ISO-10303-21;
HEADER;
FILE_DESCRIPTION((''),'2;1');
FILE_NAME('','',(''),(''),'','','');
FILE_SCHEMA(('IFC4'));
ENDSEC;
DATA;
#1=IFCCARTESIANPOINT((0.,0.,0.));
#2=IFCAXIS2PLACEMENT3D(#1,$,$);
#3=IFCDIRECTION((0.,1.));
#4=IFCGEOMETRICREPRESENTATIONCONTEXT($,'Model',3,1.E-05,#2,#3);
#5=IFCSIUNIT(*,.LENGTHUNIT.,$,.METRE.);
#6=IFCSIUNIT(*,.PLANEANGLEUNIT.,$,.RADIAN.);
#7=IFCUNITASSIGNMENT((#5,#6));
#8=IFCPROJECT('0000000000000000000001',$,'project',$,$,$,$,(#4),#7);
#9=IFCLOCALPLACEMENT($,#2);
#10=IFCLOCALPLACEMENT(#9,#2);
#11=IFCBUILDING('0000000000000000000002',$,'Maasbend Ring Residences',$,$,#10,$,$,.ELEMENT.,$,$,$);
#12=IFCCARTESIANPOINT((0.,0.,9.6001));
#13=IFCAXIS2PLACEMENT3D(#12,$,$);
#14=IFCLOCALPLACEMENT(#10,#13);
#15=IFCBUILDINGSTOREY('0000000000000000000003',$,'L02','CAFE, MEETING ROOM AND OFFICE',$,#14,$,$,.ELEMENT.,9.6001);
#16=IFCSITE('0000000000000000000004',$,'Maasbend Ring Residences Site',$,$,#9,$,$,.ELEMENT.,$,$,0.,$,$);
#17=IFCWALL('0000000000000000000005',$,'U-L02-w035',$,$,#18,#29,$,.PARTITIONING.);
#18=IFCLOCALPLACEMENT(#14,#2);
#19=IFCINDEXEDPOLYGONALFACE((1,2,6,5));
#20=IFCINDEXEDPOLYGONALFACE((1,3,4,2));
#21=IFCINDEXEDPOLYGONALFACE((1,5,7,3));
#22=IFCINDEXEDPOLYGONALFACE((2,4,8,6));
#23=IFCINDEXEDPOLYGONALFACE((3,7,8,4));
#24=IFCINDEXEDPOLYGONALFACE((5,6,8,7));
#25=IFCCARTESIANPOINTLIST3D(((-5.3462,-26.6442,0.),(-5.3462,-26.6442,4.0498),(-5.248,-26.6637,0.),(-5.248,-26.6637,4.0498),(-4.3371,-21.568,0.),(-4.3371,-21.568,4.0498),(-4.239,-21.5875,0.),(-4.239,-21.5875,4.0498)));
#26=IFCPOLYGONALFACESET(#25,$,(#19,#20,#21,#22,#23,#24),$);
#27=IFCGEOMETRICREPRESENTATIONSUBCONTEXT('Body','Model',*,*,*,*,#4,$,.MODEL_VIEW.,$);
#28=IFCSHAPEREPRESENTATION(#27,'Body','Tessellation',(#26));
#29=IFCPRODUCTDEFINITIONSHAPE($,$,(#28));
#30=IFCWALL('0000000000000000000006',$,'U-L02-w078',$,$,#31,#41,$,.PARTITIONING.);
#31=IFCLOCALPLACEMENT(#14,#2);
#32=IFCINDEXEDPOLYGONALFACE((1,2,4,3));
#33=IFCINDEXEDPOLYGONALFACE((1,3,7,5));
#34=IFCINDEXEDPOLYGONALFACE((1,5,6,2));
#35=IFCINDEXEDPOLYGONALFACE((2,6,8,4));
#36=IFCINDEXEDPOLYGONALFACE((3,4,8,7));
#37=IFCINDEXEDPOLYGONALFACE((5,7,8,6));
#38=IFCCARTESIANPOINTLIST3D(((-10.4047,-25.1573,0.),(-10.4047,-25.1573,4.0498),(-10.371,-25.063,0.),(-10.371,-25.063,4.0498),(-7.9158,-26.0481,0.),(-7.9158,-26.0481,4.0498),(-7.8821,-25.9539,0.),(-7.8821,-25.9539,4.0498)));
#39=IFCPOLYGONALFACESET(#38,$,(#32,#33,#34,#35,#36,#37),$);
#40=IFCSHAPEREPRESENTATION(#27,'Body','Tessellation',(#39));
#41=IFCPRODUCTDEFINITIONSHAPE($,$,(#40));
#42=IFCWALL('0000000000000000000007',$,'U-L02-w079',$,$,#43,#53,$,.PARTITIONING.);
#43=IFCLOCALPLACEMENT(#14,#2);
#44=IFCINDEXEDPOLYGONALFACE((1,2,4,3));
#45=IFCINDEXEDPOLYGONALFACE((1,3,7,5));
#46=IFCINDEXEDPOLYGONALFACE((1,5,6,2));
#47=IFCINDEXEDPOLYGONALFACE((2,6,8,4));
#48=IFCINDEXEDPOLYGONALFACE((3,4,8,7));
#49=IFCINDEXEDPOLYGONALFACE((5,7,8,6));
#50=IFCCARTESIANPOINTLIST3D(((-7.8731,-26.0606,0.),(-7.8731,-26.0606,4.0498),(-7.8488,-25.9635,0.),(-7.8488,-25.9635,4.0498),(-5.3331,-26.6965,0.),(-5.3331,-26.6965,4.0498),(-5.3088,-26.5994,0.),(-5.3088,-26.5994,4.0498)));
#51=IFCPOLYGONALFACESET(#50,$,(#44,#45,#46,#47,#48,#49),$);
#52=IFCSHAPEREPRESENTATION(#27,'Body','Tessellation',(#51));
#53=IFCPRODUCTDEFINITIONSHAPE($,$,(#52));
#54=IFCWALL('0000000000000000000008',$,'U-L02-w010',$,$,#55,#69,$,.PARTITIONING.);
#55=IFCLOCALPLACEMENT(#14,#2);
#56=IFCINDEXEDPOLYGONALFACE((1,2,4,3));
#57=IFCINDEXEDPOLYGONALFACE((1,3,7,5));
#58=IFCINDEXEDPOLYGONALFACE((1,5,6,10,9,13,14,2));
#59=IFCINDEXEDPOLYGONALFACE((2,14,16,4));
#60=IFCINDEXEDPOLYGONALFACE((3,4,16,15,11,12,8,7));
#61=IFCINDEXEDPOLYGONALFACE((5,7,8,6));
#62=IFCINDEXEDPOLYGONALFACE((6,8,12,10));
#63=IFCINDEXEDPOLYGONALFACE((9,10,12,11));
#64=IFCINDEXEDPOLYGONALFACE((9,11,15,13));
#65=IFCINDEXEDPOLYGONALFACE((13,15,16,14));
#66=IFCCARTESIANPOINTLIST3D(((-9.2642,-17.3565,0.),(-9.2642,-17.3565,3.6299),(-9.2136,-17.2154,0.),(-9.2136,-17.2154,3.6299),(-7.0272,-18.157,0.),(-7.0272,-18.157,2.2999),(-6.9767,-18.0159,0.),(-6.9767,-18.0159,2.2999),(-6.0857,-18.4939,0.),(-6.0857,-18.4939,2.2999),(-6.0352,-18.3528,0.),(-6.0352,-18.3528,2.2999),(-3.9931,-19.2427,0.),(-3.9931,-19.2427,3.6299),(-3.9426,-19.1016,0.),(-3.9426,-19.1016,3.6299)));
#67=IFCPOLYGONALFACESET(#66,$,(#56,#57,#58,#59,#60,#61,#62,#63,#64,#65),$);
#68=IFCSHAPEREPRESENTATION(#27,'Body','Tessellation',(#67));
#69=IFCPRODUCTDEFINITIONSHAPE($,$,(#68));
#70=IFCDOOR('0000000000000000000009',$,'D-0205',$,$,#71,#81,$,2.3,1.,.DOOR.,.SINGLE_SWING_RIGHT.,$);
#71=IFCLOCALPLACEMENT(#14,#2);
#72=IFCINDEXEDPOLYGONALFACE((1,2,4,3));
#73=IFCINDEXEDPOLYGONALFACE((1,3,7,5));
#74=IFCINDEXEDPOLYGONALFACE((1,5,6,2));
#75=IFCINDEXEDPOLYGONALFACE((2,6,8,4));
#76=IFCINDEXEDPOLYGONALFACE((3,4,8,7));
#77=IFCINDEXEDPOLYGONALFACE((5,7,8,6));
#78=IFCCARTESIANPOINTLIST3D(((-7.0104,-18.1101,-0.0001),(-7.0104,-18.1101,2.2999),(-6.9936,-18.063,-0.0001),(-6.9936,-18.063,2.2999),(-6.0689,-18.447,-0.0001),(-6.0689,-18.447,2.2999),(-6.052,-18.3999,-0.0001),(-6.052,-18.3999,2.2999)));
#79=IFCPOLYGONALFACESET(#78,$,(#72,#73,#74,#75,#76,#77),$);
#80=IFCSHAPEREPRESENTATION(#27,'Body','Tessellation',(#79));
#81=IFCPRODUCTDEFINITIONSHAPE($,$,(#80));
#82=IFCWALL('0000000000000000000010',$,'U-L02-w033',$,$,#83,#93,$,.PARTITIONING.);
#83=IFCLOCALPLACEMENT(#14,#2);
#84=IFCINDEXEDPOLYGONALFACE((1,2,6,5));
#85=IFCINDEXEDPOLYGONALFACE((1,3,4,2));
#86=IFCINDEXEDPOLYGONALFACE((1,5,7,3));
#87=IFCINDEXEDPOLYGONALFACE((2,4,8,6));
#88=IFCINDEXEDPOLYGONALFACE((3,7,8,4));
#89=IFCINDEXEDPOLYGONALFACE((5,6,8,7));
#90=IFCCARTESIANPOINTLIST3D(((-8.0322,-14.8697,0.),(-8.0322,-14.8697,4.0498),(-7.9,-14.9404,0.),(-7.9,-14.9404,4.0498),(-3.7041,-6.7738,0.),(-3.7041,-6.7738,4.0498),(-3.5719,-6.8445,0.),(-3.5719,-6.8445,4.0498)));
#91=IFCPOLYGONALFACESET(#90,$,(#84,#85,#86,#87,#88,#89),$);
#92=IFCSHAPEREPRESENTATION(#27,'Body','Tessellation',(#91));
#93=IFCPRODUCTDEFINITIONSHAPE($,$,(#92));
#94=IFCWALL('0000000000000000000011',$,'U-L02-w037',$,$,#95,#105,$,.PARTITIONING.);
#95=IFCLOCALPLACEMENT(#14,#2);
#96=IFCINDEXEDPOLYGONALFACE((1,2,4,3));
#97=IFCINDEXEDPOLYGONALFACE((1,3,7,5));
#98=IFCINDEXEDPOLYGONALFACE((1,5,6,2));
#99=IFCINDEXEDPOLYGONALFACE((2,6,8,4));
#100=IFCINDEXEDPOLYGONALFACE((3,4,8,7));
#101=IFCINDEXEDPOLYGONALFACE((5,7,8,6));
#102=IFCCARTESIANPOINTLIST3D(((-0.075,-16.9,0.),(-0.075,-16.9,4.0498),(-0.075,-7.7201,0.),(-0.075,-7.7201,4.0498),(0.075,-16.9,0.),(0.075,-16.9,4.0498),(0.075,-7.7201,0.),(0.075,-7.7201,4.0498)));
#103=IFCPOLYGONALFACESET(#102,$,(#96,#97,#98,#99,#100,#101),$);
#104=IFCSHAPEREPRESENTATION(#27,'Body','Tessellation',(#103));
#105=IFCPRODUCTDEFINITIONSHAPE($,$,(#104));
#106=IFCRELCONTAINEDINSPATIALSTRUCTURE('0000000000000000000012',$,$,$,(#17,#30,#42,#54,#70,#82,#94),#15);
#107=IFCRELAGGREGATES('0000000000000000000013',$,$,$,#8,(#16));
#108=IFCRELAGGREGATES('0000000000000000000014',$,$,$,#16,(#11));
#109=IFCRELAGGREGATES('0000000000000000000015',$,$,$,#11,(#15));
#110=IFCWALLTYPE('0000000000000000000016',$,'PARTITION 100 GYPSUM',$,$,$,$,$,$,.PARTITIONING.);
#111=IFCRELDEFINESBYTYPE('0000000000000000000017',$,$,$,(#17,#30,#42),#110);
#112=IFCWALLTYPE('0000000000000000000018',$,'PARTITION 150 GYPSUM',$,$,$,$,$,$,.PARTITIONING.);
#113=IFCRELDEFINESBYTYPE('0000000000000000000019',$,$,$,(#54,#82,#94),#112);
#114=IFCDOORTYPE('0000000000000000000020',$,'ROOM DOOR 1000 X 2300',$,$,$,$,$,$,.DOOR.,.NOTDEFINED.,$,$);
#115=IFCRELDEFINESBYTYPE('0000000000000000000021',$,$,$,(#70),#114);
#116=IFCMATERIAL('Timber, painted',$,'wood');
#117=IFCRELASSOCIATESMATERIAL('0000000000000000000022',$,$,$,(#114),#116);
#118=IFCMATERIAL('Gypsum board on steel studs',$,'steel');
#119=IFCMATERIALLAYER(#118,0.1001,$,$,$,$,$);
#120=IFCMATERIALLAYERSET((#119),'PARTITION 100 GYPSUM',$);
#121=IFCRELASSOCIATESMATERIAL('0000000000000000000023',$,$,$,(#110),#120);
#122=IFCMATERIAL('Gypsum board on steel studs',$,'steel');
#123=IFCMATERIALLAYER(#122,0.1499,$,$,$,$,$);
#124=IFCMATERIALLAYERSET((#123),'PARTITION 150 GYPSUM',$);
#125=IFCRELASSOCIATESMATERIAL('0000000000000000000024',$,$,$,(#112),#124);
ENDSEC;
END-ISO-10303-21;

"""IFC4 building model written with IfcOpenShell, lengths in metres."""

from ifc_helpers import new_model, si_unit, direction, frame, frame_2d, origin, place, context, subcontext, project, spatial, rectangle, extrude, material, layer, layer_set, type_object, element, fill, save


model = new_model("IFC4")

# Units and contexts
model_context = context("Model", 3, precision=1e-05, world=origin(), true_north=direction((0.0, 1.0)))
body_context = subcontext(model_context, "Body", "Model", "MODEL_VIEW")
ifc_project = project(units=[si_unit("LENGTHUNIT", "METRE"), si_unit("PLANEANGLEUNIT", "RADIAN")], contexts=[model_context])

# Site, building, storey
site_placement = place(None, origin())
site = spatial("IfcSite", under=ifc_project, at=site_placement, Name="Maasbend Ring Residences Site", CompositionType="ELEMENT", RefElevation=0.0)
building_placement = place(site_placement, origin())
building = spatial("IfcBuilding", under=site, at=building_placement, Name="Maasbend Ring Residences", CompositionType="ELEMENT")
storey_placement = place(building_placement, frame((0.0, 0.0, 9.6001)))
storey = spatial("IfcBuildingStorey", under=building, at=storey_placement, Name="L02", Description="CAFE, MEETING ROOM AND OFFICE", CompositionType="ELEMENT", Elevation=9.6001)

# Shared definitions
ifc_material_1 = material(Name="Timber, painted", Category="wood")
door_type = type_object("IfcDoorType", Name="ROOM DOOR 1000 X 2300", OperationType="NOTDEFINED", PredefinedType="DOOR", material=ifc_material_1)

# Walls
ifc_material_2 = material(Name="Gypsum board on steel studs", Category="steel")
ifc_layer_1 = layer(ifc_material_2, 0.1001)
ifc_layer_set_1 = layer_set([ifc_layer_1], Name="PARTITION 100 GYPSUM")
wall_type_1 = type_object("IfcWallType", Name="PARTITION 100 GYPSUM", PredefinedType="PARTITIONING", material=ifc_layer_set_1)
wall_1_placement = place(storey_placement, frame((-5.2971, -26.6541, 0.0), z_axis=(0.0, 0.0, 1.0), x_axis=(0.194964, 0.98081, 0.0)))
element("IfcWall", 1, at=wall_1_placement, inside=storey, type_object=wall_type_1, Name="U-L02-w035", PredefinedType="PARTITIONING", context=body_context, shape_type="SweptSolid", body=[
    extrude(rectangle(XDim=5.1755, YDim=0.1001, at=frame_2d((2.5879, 0.0))), origin(), (0.0, 0.0, 1.0), 4.0498),
])
wall_2_placement = place(storey_placement, frame((-7.8989, -26.001, 0.0), z_axis=(0.0, 0.0, 1.0), x_axis=(-0.94151, 0.336986, 0.0)))
element("IfcWall", 2, at=wall_2_placement, inside=storey, type_object=wall_type_1, Name="U-L02-w078", PredefinedType="PARTITIONING", context=body_context, shape_type="SweptSolid", body=[
    extrude(rectangle(XDim=2.6436, YDim=0.1001, at=frame_2d((1.3218, 0.0))), origin(), (0.0, 0.0, 1.0), 4.0498),
])
wall_3_placement = place(storey_placement, frame((-5.321, -26.6479, 0.0), z_axis=(0.0, 0.0, 1.0), x_axis=(-0.970055, 0.242887, 0.0)))
element("IfcWall", 3, at=wall_3_placement, inside=storey, type_object=wall_type_1, Name="U-L02-w079", PredefinedType="PARTITIONING", context=body_context, shape_type="SweptSolid", body=[
    extrude(rectangle(XDim=2.6184, YDim=0.1001, at=frame_2d((1.3091, 0.0))), origin(), (0.0, 0.0, 1.0), 4.0498),
])

# Wall, opening, door
ifc_material_3 = material(Name="Gypsum board on steel studs", Category="steel")
ifc_layer_2 = layer(ifc_material_3, 0.1499)
ifc_layer_set_2 = layer_set([ifc_layer_2], Name="PARTITION 150 GYPSUM")
wall_type_2 = type_object("IfcWallType", Name="PARTITION 150 GYPSUM", PredefinedType="PARTITIONING", material=ifc_layer_set_2)
wall_4_placement = place(storey_placement, frame((-9.239, -17.2859, 0.0), z_axis=(0.0, 0.0, 1.0), x_axis=(0.941531, -0.336928, 0.0)))
wall_4 = element("IfcWall", 4, at=wall_4_placement, inside=storey, type_object=wall_type_2, Name="U-L02-w010", PredefinedType="PARTITIONING", context=body_context, shape_type="SweptSolid", body=[
    extrude(rectangle(XDim=5.5984, YDim=0.1499, at=frame_2d((2.7993, 0.0))), origin(), (0.0, 0.0, 1.0), 3.6299),
])
opening_1_placement = place(wall_4_placement, frame((2.376, 0.0, 0.0)))
opening_1 = element("IfcOpeningElement", 5, at=opening_1_placement, cuts=wall_4, PredefinedType="OPENING", context=body_context, shape_type="SweptSolid", body=[
    extrude(rectangle(XDim=1.0, YDim=2.3, at=frame_2d((0.5, 1.1499))), frame((0.0, 0.085, 0.0), z_axis=(0.0, -1.0, 0.0), x_axis=(1.0, 0.0, 0.0)), (0.0, 0.0, 1.0), 0.1699),
])
door_1_placement = place(opening_1_placement, origin())
door_1 = element("IfcDoor", 6, at=door_1_placement, inside=storey, type_object=door_type, Name="D-0205", OperationType="SINGLE_SWING_RIGHT", OverallHeight=2.3, OverallWidth=1.0, PredefinedType="DOOR", context=body_context, shape_type="SweptSolid", body=[
    extrude(rectangle(XDim=1.0, YDim=2.3, at=frame_2d((0.5, 1.1499))), frame((0.0, 0.0249, 0.0), z_axis=(0.0, -1.0, 0.0), x_axis=(1.0, 0.0, 0.0)), (0.0, 0.0, 1.0), 0.05),
])
fill(opening_1, door_1)

# Walls
wall_5_placement = place(storey_placement, frame((-7.9661, -14.905, 0.0), z_axis=(0.0, 0.0, 1.0), x_axis=(0.47146, 0.881887, 0.0)))
element("IfcWall", 7, at=wall_5_placement, inside=storey, type_object=wall_type_2, Name="U-L02-w033", PredefinedType="PARTITIONING", context=body_context, shape_type="SweptSolid", body=[
    extrude(rectangle(XDim=9.1802, YDim=0.1499, at=frame_2d((4.5901, 0.0))), origin(), (0.0, 0.0, 1.0), 4.0498),
])
wall_6_placement = place(storey_placement, frame((0.0, -16.8999, 0.0), z_axis=(0.0, 0.0, 1.0), x_axis=(0.0, 1.0, 0.0)))
element("IfcWall", 8, at=wall_6_placement, inside=storey, type_object=wall_type_2, Name="U-L02-w037", PredefinedType="PARTITIONING", context=body_context, shape_type="SweptSolid", body=[
    extrude(rectangle(XDim=9.1799, YDim=0.1499, at=frame_2d((4.5898, 0.0))), origin(), (0.0, 0.0, 1.0), 4.0498),
])

save(model, "model.ifc")
